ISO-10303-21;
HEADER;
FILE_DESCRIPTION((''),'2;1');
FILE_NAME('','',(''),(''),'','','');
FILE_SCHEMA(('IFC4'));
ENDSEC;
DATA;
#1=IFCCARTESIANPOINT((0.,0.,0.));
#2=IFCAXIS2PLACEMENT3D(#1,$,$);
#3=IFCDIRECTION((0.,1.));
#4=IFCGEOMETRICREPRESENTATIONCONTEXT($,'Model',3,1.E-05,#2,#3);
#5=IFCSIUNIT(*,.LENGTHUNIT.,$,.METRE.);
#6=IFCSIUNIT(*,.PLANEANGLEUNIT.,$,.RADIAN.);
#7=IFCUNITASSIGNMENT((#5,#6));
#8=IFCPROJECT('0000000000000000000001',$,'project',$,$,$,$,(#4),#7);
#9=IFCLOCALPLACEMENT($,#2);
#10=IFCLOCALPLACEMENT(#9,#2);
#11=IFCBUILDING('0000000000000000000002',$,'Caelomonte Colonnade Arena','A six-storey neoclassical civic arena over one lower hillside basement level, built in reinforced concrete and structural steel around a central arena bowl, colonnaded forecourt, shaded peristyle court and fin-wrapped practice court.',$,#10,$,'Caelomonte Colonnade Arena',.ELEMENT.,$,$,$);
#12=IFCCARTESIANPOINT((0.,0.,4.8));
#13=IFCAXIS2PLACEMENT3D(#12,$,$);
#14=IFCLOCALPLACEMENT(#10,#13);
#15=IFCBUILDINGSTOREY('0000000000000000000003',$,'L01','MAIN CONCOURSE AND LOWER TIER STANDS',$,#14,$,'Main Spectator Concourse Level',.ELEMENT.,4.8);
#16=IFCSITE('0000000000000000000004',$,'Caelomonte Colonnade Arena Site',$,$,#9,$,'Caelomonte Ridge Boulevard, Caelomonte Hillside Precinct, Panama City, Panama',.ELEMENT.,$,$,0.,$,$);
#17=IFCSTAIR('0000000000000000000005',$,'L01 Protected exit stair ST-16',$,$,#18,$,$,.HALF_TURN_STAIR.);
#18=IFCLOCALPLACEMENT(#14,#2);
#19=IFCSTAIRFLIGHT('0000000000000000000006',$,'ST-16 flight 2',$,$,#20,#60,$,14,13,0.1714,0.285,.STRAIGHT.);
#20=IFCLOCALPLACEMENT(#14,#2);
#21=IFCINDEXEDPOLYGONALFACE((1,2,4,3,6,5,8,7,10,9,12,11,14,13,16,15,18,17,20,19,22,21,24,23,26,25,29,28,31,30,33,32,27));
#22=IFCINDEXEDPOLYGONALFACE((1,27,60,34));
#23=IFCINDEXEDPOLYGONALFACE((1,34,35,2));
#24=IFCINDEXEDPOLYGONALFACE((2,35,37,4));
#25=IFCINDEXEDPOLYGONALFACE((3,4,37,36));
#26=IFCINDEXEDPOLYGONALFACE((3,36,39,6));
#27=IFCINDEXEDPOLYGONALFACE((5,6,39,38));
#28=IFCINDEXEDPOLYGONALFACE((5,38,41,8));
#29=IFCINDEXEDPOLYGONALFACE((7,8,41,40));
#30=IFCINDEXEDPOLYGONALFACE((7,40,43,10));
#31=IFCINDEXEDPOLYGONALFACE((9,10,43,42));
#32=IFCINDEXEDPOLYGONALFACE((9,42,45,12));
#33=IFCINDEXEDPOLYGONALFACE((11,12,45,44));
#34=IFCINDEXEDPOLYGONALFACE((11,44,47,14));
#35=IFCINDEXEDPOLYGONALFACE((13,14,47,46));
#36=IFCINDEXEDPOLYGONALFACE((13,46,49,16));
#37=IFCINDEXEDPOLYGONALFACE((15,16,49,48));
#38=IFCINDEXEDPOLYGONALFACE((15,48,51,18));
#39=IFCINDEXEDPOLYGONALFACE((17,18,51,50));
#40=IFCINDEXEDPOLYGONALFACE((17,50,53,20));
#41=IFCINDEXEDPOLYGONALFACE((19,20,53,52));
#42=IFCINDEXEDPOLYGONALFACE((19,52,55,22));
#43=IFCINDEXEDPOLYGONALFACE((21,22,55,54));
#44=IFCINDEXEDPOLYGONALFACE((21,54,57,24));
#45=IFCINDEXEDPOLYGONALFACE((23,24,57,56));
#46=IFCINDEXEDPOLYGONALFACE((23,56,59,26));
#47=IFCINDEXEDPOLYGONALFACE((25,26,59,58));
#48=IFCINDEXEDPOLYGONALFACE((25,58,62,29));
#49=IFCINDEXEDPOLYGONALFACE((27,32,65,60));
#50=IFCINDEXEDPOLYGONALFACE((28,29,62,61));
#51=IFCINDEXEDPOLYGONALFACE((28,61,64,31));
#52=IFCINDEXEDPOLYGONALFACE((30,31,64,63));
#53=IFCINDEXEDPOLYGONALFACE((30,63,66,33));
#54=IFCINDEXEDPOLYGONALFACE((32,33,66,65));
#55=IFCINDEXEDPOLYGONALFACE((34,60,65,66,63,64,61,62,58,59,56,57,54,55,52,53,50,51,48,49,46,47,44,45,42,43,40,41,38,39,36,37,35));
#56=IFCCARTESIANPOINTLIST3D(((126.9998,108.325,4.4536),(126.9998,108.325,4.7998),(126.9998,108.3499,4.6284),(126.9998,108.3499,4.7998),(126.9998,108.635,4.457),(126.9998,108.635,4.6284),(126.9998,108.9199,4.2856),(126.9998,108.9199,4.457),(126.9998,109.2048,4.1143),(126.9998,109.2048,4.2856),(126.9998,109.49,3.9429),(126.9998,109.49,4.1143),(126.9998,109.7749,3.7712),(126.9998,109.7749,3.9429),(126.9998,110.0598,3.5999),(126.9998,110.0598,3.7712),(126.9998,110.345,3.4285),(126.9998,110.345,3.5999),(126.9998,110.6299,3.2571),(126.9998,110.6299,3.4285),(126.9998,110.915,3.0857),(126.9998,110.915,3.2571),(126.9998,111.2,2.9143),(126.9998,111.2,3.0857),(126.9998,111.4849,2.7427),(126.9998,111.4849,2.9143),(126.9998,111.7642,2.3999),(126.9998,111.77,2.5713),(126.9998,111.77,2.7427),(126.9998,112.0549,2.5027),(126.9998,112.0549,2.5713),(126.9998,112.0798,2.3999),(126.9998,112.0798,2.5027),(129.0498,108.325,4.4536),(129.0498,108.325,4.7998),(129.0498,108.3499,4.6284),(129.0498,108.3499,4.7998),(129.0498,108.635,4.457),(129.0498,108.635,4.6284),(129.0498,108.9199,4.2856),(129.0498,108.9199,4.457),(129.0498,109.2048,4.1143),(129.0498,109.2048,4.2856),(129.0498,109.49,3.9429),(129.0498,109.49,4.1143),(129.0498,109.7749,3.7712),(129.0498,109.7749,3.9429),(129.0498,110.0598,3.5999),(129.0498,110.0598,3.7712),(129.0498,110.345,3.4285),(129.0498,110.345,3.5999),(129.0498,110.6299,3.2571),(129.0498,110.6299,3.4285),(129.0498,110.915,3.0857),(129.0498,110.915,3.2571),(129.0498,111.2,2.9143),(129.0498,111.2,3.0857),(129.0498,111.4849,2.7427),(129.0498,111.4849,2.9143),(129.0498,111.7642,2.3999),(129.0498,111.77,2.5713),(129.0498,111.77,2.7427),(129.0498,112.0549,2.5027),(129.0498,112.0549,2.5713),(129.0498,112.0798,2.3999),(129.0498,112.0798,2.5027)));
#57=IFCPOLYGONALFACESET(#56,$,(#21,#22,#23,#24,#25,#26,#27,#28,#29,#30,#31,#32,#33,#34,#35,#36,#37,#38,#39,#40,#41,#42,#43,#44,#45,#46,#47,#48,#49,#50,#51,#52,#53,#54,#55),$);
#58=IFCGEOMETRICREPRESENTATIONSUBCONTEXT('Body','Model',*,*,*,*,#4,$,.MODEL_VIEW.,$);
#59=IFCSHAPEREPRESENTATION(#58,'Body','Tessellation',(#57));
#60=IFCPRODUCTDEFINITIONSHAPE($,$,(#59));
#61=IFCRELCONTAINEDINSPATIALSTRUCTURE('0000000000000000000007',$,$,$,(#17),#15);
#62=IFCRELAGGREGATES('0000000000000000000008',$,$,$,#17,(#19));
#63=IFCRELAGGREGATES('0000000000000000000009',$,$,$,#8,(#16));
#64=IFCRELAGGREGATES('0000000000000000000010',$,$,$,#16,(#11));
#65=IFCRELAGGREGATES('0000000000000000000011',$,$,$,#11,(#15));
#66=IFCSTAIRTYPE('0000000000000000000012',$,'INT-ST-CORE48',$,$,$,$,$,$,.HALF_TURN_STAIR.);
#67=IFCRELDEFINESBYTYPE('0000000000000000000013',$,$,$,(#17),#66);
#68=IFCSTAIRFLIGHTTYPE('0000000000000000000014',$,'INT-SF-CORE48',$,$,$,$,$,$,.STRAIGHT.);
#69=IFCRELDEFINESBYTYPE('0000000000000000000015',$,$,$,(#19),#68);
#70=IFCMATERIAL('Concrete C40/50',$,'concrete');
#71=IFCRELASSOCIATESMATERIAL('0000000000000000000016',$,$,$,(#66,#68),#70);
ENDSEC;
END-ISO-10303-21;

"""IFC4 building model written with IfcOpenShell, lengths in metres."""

from ifc_helpers import new_model, si_unit, direction, frame, origin, place, context, subcontext, project, spatial, polyline, outline, extrude, material, type_object, element, aggregate, save


model = new_model("IFC4")

# Units and contexts
model_context = context("Model", 3, precision=1e-05, world=origin(), true_north=direction((0.0, 1.0)))
body_context = subcontext(model_context, "Body", "Model", "MODEL_VIEW")
ifc_project = project(units=[si_unit("LENGTHUNIT", "METRE"), si_unit("PLANEANGLEUNIT", "RADIAN")], contexts=[model_context])

# Site, building, storey
site_placement = place(None, origin())
site = spatial("IfcSite", under=ifc_project, at=site_placement, Name="Caelomonte Colonnade Arena Site", LongName="Caelomonte Ridge Boulevard, Caelomonte Hillside Precinct, Panama City, Panama", CompositionType="ELEMENT", RefElevation=0.0)
building_placement = place(site_placement, origin())
building = spatial("IfcBuilding", under=site, at=building_placement, Name="Caelomonte Colonnade Arena", Description="A six-storey neoclassical civic arena over one lower hillside basement level, built in reinforced concrete and structural steel around a central arena bowl, colonnaded forecourt, shaded peristyle court and fin-wrapped practice court.", LongName="Caelomonte Colonnade Arena", CompositionType="ELEMENT")
storey_placement = place(building_placement, frame((0.0, 0.0, 4.8)))
storey = spatial("IfcBuildingStorey", under=building, at=storey_placement, Name="L01", Description="MAIN CONCOURSE AND LOWER TIER STANDS", LongName="Main Spectator Concourse Level", CompositionType="ELEMENT", Elevation=4.8)

# Shared definitions
ifc_material_1 = material(Name="Concrete C40/50", Category="concrete")

# Stair, stair flight
stair_type = type_object("IfcStairType", Name="INT-ST-CORE48", PredefinedType="HALF_TURN_STAIR", material=ifc_material_1)
stair_placement = place(storey_placement, origin())
stair = element("IfcStair", 1, at=stair_placement, inside=storey, type_object=stair_type, Name="L01 Protected exit stair ST-16", PredefinedType="HALF_TURN_STAIR")
stair_flight_type = type_object("IfcStairFlightType", Name="INT-SF-CORE48", PredefinedType="STRAIGHT", material=ifc_material_1)
stair_flight_1_placement = place(storey_placement, frame((128.0249, 112.0549, 2.3999), z_axis=(0.0, 0.0, 1.0), x_axis=(0.0, -1.0, 0.0)))
stair_flight_1 = element("IfcStairFlight", 2, at=stair_flight_1_placement, type_object=stair_flight_type, Name="ST-16 flight 2", NumberOfRisers=14, NumberOfTreads=13, PredefinedType="STRAIGHT", RiserHeight=0.1714, TreadLength=0.285, context=body_context, shape_type="SweptSolid", body=[
    extrude(outline(polyline([(-0.0249, 0.0), (-0.0249, 0.1028), (0.0, 0.1028), (0.0, 0.1714), (0.2849, 0.1714), (0.2849, 0.3428), (0.5701, 0.3428), (0.5701, 0.5144), (0.855, 0.5144), (0.855, 0.6858), (1.1399, 0.6858), (1.1399, 0.8572), (1.425, 0.8572), (1.425, 1.0286), (1.71, 1.0286), (1.71, 1.2), (1.9951, 1.2), (1.9951, 1.3713), (2.28, 1.3713), (2.28, 1.543), (2.5649, 1.543), (2.5649, 1.7144), (2.8501, 1.7144), (2.8501, 1.8857), (3.135, 1.8857), (3.135, 2.0571), (3.4199, 2.0571), (3.4199, 2.2285), (3.7051, 2.2285), (3.7051, 2.3999), (3.73, 2.3999), (3.73, 2.0537), (0.2908, 0.0), (-0.0249, 0.0)])), frame((0.0, 1.0249, 0.0), z_axis=(0.0, -1.0, 0.0), x_axis=(1.0, 0.0, 0.0)), (0.0, 0.0, 1.0), 2.05),
])
aggregate(stair, [stair_flight_1])

save(model, "model.ifc")
